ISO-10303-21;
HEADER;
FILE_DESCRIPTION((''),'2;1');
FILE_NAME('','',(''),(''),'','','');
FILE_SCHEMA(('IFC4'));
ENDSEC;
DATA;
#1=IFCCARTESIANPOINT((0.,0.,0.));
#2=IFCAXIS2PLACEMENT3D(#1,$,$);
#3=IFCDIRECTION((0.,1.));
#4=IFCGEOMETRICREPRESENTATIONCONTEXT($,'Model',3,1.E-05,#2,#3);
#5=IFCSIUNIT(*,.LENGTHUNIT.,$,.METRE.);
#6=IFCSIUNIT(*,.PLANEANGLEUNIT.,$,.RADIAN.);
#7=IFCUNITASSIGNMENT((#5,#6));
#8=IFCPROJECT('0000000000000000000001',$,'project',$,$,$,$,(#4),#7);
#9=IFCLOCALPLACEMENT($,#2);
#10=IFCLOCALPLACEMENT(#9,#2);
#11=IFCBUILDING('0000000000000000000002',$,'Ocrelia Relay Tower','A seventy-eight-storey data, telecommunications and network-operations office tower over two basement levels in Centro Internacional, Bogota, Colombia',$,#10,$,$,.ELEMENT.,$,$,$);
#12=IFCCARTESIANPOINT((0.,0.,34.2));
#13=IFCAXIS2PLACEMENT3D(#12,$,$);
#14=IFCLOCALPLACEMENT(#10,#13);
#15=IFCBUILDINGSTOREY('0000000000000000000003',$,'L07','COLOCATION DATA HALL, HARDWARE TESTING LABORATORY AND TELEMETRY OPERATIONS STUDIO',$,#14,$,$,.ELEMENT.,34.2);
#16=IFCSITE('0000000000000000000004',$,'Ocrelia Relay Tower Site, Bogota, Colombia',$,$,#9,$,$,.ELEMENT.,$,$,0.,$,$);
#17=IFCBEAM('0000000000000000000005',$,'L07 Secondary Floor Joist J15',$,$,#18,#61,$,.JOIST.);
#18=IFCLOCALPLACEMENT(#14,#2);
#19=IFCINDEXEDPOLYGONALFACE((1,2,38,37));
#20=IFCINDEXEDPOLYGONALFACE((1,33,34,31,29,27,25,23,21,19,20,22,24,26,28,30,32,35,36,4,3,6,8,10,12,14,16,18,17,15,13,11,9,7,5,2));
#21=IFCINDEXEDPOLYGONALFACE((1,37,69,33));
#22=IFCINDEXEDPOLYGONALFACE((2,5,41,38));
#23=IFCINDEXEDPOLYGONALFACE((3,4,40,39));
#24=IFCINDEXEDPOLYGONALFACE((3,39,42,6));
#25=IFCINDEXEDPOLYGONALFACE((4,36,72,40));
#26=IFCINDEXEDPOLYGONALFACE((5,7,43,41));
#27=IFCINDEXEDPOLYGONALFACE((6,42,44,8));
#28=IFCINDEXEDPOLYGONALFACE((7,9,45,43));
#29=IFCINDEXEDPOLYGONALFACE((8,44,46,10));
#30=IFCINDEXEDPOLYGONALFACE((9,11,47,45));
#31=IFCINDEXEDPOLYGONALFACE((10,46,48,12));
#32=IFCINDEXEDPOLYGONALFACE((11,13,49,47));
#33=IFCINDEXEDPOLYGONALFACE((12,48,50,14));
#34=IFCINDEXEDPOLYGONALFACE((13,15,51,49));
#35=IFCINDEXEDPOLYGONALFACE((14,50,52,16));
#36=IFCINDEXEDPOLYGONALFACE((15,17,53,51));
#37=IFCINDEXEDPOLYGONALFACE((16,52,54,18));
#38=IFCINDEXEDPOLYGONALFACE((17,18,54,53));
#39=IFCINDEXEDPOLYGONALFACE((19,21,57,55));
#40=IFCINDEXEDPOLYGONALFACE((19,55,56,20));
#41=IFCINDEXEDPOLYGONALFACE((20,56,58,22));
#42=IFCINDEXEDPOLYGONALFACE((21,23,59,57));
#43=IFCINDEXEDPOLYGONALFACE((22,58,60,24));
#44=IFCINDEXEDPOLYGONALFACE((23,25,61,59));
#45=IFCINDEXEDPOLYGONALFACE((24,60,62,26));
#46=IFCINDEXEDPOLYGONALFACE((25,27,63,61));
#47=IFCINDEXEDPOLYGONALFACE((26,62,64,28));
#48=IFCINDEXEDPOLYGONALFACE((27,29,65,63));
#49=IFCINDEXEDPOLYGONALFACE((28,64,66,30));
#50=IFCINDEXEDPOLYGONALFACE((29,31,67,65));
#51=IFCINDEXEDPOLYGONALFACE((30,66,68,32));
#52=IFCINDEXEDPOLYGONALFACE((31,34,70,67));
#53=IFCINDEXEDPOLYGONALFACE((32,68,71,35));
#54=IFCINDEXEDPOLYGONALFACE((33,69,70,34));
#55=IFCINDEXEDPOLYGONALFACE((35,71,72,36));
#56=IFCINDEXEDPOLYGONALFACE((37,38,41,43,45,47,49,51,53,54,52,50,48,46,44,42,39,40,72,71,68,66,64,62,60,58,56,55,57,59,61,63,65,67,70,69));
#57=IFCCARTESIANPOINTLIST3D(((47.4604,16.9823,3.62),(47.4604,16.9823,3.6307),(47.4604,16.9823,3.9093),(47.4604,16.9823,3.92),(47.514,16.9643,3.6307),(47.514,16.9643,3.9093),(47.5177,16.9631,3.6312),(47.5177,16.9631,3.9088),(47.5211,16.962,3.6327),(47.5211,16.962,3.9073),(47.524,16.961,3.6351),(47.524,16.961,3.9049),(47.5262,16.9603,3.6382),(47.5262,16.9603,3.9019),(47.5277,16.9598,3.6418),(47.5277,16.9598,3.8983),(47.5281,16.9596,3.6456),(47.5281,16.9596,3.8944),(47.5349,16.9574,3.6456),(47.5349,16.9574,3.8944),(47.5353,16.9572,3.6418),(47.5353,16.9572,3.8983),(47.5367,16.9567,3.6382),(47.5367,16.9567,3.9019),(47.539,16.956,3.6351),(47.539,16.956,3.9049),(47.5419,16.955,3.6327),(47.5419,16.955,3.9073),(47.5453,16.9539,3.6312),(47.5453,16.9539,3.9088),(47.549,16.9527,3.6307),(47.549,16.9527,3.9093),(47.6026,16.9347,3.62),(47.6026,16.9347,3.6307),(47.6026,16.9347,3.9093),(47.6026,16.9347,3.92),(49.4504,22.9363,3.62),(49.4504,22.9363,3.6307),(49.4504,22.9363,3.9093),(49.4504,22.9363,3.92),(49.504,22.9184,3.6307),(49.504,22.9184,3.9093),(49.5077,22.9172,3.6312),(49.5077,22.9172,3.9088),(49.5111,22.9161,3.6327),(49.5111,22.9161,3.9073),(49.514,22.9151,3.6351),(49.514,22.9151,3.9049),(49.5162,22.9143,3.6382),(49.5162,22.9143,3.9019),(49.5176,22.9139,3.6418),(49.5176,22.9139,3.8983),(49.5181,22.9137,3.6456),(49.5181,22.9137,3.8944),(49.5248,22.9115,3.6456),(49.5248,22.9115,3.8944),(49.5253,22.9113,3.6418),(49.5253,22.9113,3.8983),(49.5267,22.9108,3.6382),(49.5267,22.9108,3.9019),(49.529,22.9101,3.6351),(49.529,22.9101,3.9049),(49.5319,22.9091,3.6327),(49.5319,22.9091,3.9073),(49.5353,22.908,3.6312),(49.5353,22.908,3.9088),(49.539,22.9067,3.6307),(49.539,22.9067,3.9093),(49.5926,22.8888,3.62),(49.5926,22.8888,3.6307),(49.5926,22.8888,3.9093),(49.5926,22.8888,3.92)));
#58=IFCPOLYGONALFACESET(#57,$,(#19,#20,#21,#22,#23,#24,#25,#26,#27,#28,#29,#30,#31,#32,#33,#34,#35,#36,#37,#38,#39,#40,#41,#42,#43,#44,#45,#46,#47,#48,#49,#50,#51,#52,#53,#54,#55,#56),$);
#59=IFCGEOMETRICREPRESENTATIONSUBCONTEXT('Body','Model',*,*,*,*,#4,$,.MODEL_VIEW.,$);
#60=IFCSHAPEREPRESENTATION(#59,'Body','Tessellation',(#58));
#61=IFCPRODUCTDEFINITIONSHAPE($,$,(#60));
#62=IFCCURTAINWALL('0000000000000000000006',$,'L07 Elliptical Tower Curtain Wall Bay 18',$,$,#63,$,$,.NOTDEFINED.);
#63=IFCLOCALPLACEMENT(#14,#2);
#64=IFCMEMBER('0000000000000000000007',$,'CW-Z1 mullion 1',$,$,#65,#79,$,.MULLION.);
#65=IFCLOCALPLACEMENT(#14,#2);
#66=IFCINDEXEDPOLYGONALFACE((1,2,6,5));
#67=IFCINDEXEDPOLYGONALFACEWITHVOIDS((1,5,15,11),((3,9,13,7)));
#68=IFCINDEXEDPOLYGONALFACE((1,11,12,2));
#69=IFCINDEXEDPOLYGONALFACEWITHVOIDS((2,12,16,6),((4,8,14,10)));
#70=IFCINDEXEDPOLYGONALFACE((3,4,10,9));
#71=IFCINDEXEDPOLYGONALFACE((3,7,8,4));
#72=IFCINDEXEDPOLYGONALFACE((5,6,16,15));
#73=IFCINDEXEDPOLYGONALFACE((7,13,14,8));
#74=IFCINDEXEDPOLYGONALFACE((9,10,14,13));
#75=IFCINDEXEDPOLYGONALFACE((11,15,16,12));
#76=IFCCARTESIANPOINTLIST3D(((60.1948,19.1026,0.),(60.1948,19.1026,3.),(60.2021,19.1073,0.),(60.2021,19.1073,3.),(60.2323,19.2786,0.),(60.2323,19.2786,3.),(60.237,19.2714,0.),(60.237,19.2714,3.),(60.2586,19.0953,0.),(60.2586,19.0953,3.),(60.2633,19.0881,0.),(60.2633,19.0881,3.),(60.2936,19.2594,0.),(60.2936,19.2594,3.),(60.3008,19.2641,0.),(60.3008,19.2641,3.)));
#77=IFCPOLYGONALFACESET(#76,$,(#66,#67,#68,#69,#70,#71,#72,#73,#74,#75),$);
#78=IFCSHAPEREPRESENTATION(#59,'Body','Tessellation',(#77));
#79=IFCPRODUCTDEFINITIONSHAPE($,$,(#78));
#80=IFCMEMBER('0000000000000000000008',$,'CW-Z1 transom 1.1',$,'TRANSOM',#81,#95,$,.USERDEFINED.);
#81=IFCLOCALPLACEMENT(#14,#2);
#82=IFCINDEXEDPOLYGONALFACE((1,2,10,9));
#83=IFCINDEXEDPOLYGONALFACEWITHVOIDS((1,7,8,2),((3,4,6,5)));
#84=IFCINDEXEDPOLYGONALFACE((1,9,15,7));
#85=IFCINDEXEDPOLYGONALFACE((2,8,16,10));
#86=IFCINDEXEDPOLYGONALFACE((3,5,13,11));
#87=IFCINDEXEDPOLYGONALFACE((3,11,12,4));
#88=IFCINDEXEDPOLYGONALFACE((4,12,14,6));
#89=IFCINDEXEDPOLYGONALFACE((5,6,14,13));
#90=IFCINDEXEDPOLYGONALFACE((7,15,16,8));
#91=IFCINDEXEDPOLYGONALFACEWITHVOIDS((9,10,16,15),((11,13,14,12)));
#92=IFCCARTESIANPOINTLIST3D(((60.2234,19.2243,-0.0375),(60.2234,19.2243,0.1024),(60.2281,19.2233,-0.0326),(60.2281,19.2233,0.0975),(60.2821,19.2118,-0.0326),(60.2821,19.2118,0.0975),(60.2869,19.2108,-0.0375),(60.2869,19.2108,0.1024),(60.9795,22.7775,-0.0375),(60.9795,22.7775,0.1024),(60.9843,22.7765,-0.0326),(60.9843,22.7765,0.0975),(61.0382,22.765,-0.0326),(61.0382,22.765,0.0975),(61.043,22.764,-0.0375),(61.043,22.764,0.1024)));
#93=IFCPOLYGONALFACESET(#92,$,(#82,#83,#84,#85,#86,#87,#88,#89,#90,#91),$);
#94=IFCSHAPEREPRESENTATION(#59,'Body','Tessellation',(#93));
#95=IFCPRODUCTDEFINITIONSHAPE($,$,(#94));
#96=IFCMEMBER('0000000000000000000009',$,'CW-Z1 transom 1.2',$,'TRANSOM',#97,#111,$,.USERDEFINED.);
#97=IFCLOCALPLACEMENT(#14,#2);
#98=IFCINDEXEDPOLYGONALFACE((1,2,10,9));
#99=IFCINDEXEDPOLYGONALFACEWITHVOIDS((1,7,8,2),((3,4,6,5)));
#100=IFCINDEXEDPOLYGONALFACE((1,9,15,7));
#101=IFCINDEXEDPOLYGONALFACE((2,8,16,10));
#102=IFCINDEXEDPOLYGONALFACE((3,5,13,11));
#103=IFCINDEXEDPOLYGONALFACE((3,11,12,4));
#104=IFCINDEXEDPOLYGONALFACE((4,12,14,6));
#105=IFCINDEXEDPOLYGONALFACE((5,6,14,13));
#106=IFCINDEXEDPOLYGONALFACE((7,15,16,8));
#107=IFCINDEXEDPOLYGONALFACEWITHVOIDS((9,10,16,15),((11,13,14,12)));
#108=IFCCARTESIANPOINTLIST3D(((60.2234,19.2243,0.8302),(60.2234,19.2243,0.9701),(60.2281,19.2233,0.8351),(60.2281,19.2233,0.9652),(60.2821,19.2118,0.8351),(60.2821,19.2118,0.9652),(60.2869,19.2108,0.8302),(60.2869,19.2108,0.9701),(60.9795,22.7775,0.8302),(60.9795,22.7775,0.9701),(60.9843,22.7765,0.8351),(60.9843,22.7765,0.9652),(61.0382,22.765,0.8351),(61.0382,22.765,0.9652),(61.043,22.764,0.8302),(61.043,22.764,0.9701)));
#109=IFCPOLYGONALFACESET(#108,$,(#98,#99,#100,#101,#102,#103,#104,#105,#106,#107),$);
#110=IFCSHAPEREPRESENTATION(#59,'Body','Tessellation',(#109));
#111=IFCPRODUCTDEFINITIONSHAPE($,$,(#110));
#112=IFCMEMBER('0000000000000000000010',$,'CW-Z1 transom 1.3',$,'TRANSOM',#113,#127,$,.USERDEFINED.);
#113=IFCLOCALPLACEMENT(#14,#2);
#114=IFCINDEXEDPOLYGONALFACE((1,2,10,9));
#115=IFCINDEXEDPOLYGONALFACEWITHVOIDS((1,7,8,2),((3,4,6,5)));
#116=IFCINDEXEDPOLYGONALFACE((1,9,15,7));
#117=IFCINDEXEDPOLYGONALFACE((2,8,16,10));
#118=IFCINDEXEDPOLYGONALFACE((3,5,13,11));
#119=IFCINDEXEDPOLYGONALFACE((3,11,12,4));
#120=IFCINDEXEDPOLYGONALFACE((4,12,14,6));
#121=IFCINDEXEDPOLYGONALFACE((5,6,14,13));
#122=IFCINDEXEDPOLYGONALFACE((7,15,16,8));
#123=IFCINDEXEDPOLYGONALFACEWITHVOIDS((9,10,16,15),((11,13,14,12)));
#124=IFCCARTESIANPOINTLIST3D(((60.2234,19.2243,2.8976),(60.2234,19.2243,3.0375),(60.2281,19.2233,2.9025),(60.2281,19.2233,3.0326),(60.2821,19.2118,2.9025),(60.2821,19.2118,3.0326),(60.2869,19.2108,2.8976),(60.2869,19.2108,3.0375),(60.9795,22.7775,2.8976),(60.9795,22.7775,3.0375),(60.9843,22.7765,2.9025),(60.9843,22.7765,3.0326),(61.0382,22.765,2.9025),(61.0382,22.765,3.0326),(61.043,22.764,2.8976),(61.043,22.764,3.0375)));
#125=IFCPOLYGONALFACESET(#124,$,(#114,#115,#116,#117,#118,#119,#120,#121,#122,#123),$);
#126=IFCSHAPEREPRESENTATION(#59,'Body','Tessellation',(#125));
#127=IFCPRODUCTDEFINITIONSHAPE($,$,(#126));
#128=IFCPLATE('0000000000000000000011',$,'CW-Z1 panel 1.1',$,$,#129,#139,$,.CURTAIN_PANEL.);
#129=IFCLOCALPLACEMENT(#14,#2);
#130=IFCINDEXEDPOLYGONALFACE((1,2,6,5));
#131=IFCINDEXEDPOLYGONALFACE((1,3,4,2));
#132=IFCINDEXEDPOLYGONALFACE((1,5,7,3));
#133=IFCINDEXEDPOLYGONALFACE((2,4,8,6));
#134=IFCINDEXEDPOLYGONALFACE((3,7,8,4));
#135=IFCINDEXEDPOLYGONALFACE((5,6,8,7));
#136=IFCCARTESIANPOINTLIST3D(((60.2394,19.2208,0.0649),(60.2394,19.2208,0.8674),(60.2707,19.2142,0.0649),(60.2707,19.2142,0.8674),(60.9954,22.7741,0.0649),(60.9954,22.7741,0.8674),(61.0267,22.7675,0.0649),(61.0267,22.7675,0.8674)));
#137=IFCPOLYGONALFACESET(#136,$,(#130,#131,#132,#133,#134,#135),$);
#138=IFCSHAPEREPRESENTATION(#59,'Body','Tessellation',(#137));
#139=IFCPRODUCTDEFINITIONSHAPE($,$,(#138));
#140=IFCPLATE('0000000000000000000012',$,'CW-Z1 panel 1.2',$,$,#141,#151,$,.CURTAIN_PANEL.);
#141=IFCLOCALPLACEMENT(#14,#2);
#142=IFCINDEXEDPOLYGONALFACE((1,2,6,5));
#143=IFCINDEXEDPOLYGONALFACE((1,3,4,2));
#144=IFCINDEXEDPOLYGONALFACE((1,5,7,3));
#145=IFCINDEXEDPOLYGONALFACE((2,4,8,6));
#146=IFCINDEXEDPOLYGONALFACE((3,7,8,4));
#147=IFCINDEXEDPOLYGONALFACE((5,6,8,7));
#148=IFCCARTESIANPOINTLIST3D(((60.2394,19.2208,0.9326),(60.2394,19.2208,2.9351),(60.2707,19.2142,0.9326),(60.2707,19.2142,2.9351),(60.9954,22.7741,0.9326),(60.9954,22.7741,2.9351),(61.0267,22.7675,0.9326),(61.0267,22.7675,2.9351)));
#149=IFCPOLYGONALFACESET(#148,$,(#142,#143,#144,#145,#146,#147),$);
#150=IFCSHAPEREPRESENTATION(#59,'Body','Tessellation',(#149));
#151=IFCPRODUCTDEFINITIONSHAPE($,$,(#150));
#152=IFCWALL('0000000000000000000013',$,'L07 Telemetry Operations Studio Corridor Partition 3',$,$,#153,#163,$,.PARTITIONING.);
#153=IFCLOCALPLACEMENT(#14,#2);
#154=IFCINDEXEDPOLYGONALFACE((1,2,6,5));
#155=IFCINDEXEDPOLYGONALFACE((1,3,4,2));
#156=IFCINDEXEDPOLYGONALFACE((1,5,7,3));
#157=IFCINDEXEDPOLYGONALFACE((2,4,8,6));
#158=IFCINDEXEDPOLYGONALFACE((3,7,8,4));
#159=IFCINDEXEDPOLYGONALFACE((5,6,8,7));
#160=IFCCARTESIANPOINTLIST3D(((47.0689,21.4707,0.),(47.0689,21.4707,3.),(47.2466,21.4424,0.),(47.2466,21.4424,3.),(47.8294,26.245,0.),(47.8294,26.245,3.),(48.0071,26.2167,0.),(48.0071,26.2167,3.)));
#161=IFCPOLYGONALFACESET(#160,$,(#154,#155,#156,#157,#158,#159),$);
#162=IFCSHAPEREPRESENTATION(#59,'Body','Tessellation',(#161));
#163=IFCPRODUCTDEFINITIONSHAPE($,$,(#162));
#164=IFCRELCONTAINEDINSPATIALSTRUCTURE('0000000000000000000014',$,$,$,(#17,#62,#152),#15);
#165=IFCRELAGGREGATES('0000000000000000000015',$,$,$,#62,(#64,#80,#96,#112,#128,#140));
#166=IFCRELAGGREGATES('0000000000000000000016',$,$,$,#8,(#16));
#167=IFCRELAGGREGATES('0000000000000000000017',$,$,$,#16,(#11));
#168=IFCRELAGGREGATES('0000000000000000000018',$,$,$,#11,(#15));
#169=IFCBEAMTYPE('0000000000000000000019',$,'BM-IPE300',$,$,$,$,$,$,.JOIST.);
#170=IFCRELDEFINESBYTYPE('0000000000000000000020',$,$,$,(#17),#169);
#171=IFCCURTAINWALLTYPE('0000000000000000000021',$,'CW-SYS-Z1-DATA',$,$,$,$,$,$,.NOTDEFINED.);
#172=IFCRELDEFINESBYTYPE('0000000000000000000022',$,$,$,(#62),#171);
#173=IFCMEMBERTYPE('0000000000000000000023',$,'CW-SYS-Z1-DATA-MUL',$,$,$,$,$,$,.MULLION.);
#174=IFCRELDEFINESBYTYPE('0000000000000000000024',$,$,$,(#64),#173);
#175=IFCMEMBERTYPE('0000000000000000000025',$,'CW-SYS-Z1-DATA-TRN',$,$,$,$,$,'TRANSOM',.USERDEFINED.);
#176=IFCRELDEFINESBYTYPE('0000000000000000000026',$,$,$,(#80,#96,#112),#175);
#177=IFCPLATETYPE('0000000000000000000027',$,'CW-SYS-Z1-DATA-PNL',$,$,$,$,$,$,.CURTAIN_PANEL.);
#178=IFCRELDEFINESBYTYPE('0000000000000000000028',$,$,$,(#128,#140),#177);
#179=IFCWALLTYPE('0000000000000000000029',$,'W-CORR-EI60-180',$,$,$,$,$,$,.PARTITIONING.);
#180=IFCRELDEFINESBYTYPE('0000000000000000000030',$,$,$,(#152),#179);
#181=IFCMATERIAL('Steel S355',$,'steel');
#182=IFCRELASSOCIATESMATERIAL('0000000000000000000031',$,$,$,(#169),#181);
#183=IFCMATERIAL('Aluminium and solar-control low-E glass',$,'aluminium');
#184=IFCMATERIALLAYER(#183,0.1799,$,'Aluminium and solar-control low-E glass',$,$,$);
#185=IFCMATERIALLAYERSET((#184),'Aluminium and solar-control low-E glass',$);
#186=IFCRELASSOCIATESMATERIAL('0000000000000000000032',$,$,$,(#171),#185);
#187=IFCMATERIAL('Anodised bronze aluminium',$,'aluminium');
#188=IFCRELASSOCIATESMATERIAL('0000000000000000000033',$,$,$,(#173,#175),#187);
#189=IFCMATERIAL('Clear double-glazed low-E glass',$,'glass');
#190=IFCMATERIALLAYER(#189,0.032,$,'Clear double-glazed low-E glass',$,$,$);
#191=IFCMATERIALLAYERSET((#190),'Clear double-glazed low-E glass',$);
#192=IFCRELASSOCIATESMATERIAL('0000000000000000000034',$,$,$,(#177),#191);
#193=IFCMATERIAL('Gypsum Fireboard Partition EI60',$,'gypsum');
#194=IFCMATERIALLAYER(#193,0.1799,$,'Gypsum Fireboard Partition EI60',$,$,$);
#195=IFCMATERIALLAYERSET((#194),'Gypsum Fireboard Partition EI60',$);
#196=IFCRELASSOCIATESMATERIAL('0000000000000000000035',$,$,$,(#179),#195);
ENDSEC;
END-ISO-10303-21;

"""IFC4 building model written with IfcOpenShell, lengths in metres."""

from ifc_helpers import new_model, si_unit, direction, frame, frame_2d, origin, origin_2d, place, context, subcontext, project, spatial, rectangle, hollow_rectangle, i_section, extrude, material, layer, layer_set, material_profile, profile_set, type_object, element, aggregate, save


model = new_model("IFC4")

# Units and contexts
model_context = context("Model", 3, precision=1e-05, world=origin(), true_north=direction((0.0, 1.0)))
body_context = subcontext(model_context, "Body", "Model", "MODEL_VIEW")
ifc_project = project(units=[si_unit("LENGTHUNIT", "METRE"), si_unit("PLANEANGLEUNIT", "RADIAN")], contexts=[model_context])

# Site, building, storey
site_placement = place(None, origin())
site = spatial("IfcSite", under=ifc_project, at=site_placement, Name="Ocrelia Relay Tower Site, Bogota, Colombia", CompositionType="ELEMENT", RefElevation=0.0)
building_placement = place(site_placement, origin())
building = spatial("IfcBuilding", under=site, at=building_placement, Name="Ocrelia Relay Tower", Description="A seventy-eight-storey data, telecommunications and network-operations office tower over two basement levels in Centro Internacional, Bogota, Colombia", CompositionType="ELEMENT")
storey_placement = place(building_placement, frame((0.0, 0.0, 34.2)))
storey = spatial("IfcBuildingStorey", under=building, at=storey_placement, Name="L07", Description="COLOCATION DATA HALL, HARDWARE TESTING LABORATORY AND TELEMETRY OPERATIONS STUDIO", CompositionType="ELEMENT", Elevation=34.2)

# Beam
ifc_material_1 = material(Name="Steel S355", Category="steel")
ifc_material_profile_1 = material_profile(ifc_material_1, i_section(OverallWidth=0.1499, OverallDepth=0.3, WebThickness=0.0071, FlangeThickness=0.0107, FilletRadius=0.0149, at=origin_2d()), Name="IPE 300")
ifc_profile_set_1 = profile_set([ifc_material_profile_1], Name="Steel S355")
beam_type_1 = type_object("IfcBeamType", Name="BM-IPE300", PredefinedType="JOIST", material=ifc_profile_set_1)
beam_1_placement = place(storey_placement, frame((47.5315, 16.9585, 3.77), z_axis=(0.316986, 0.94843, 0.0), x_axis=(-0.94843, 0.316986, 0.0)))
element("IfcBeam", 1, at=beam_1_placement, inside=storey, type_object=beam_type_1, Name="L07 Secondary Floor Joist J15", PredefinedType="JOIST", context=body_context, shape_type="SweptSolid", body=[
    extrude(i_section(OverallWidth=0.1499, OverallDepth=0.3, WebThickness=0.0071, FlangeThickness=0.0107, FilletRadius=0.0149, at=origin_2d()), origin(), (0.0, 0.0, 1.0), 6.2778),
])

# Curtain wall, members, plates
ifc_material_2 = material(Name="Aluminium and solar-control low-E glass", Category="aluminium")
ifc_layer_1 = layer(ifc_material_2, 0.1799, Name="Aluminium and solar-control low-E glass")
ifc_layer_set_1 = layer_set([ifc_layer_1], Name="Aluminium and solar-control low-E glass")
curtain_wall_type = type_object("IfcCurtainWallType", Name="CW-SYS-Z1-DATA", PredefinedType="NOTDEFINED", material=ifc_layer_set_1)
curtain_wall_placement = place(storey_placement, origin())
curtain_wall = element("IfcCurtainWall", 2, at=curtain_wall_placement, inside=storey, type_object=curtain_wall_type, Name="L07 Elliptical Tower Curtain Wall Bay 18", PredefinedType="NOTDEFINED")
ifc_material_3 = material(Name="Anodised bronze aluminium", Category="aluminium")
ifc_material_profile_2 = material_profile(ifc_material_3, hollow_rectangle(XDim=0.0701, YDim=0.1799, WallThickness=0.0061, at=origin_2d()), Name="CW-MUL-180x70")
ifc_profile_set_2 = profile_set([ifc_material_profile_2], Name="Anodised bronze aluminium")
member_type_1 = type_object("IfcMemberType", Name="CW-SYS-Z1-DATA-MUL", PredefinedType="MULLION", material=ifc_profile_set_2)
member_1_placement = place(storey_placement, frame((60.2478, 19.1833, 0.0), z_axis=(0.0, 0.0, 1.0), x_axis=(-0.978109, 0.208095, 0.0)))
member_1 = element("IfcMember", 3, at=member_1_placement, type_object=member_type_1, Name="CW-Z1 mullion 1", PredefinedType="MULLION", context=body_context, shape_type="SweptSolid", body=[
    extrude(hollow_rectangle(XDim=0.0701, YDim=0.1799, WallThickness=0.0061, at=origin_2d()), origin(), (0.0, 0.0, 1.0), 3.0),
])
ifc_material_profile_3 = material_profile(ifc_material_3, hollow_rectangle(XDim=0.0649, YDim=0.1399, WallThickness=0.0049, at=origin_2d()), Name="CW-TRN-140x65")
ifc_profile_set_3 = profile_set([ifc_material_profile_3], Name="Anodised bronze aluminium")
member_type_2 = type_object("IfcMemberType", Name="CW-SYS-Z1-DATA-TRN", ElementType="TRANSOM", PredefinedType="USERDEFINED", material=ifc_profile_set_3)
member_2_placement = place(storey_placement, frame((60.2551, 19.2175, 0.0325), z_axis=(0.208134, 0.9781, 0.0), x_axis=(-0.9781, 0.208134, 0.0)))
member_2 = element("IfcMember", 4, at=member_2_placement, type_object=member_type_2, Name="CW-Z1 transom 1.1", ObjectType="TRANSOM", PredefinedType="USERDEFINED", context=body_context, shape_type="SweptSolid", body=[
    extrude(hollow_rectangle(XDim=0.0649, YDim=0.1399, WallThickness=0.0049, at=origin_2d()), origin(), (0.0, 0.0, 1.0), 3.6328),
])
member_3_placement = place(storey_placement, frame((60.2551, 19.2175, 0.9001), z_axis=(0.208134, 0.9781, 0.0), x_axis=(-0.9781, 0.208134, 0.0)))
member_3 = element("IfcMember", 5, at=member_3_placement, type_object=member_type_2, Name="CW-Z1 transom 1.2", ObjectType="TRANSOM", PredefinedType="USERDEFINED", context=body_context, shape_type="SweptSolid", body=[
    extrude(hollow_rectangle(XDim=0.0649, YDim=0.1399, WallThickness=0.0049, at=origin_2d()), origin(), (0.0, 0.0, 1.0), 3.6328),
])
member_4_placement = place(storey_placement, frame((60.2551, 19.2175, 2.9675), z_axis=(0.208134, 0.9781, 0.0), x_axis=(-0.9781, 0.208134, 0.0)))
member_4 = element("IfcMember", 6, at=member_4_placement, type_object=member_type_2, Name="CW-Z1 transom 1.3", ObjectType="TRANSOM", PredefinedType="USERDEFINED", context=body_context, shape_type="SweptSolid", body=[
    extrude(hollow_rectangle(XDim=0.0649, YDim=0.1399, WallThickness=0.0049, at=origin_2d()), origin(), (0.0, 0.0, 1.0), 3.6328),
])
ifc_material_4 = material(Name="Clear double-glazed low-E glass", Category="glass")
ifc_layer_2 = layer(ifc_material_4, 0.032, Name="Clear double-glazed low-E glass")
ifc_layer_set_2 = layer_set([ifc_layer_2], Name="Clear double-glazed low-E glass")
plate_type = type_object("IfcPlateType", Name="CW-SYS-Z1-DATA-PNL", PredefinedType="CURTAIN_PANEL", material=ifc_layer_set_2)
plate_1_placement = place(storey_placement, frame((60.6331, 20.9941, 0.0649), z_axis=(0.0, 0.0, 1.0), x_axis=(0.208095, 0.978109, 0.0)))
plate_1 = element("IfcPlate", 7, at=plate_1_placement, type_object=plate_type, Name="CW-Z1 panel 1.1", PredefinedType="CURTAIN_PANEL", context=body_context, shape_type="SweptSolid", body=[
    extrude(rectangle(XDim=3.6328, YDim=0.032, at=origin_2d()), origin(), (0.0, 0.0, 1.0), 0.8025),
])
plate_2_placement = place(storey_placement, frame((60.6331, 20.9941, 0.9326), z_axis=(0.0, 0.0, 1.0), x_axis=(0.208095, 0.978109, 0.0)))
plate_2 = element("IfcPlate", 8, at=plate_2_placement, type_object=plate_type, Name="CW-Z1 panel 1.2", PredefinedType="CURTAIN_PANEL", context=body_context, shape_type="SweptSolid", body=[
    extrude(rectangle(XDim=3.6328, YDim=0.032, at=origin_2d()), origin(), (0.0, 0.0, 1.0), 2.0024),
])
aggregate(curtain_wall, [member_1, member_2, member_3, member_4, plate_1, plate_2])

# Wall
ifc_material_5 = material(Name="Gypsum Fireboard Partition EI60", Category="gypsum")
ifc_layer_3 = layer(ifc_material_5, 0.1799, Name="Gypsum Fireboard Partition EI60")
ifc_layer_set_3 = layer_set([ifc_layer_3], Name="Gypsum Fireboard Partition EI60")
wall_type_1 = type_object("IfcWallType", Name="W-CORR-EI60-180", PredefinedType="PARTITIONING", material=ifc_layer_set_3)
wall_1_placement = place(storey_placement, frame((47.1577, 21.4565, 0.0), z_axis=(0.0, 0.0, 1.0), x_axis=(0.157311, 0.987549, 0.0)))
element("IfcWall", 9, at=wall_1_placement, inside=storey, type_object=wall_type_1, Name="L07 Telemetry Operations Studio Corridor Partition 3", PredefinedType="PARTITIONING", context=body_context, shape_type="SweptSolid", body=[
    extrude(rectangle(XDim=4.8345, YDim=0.1799, at=frame_2d((2.4172, 0.0))), origin(), (0.0, 0.0, 1.0), 3.0),
])

save(model, "model.ifc")
